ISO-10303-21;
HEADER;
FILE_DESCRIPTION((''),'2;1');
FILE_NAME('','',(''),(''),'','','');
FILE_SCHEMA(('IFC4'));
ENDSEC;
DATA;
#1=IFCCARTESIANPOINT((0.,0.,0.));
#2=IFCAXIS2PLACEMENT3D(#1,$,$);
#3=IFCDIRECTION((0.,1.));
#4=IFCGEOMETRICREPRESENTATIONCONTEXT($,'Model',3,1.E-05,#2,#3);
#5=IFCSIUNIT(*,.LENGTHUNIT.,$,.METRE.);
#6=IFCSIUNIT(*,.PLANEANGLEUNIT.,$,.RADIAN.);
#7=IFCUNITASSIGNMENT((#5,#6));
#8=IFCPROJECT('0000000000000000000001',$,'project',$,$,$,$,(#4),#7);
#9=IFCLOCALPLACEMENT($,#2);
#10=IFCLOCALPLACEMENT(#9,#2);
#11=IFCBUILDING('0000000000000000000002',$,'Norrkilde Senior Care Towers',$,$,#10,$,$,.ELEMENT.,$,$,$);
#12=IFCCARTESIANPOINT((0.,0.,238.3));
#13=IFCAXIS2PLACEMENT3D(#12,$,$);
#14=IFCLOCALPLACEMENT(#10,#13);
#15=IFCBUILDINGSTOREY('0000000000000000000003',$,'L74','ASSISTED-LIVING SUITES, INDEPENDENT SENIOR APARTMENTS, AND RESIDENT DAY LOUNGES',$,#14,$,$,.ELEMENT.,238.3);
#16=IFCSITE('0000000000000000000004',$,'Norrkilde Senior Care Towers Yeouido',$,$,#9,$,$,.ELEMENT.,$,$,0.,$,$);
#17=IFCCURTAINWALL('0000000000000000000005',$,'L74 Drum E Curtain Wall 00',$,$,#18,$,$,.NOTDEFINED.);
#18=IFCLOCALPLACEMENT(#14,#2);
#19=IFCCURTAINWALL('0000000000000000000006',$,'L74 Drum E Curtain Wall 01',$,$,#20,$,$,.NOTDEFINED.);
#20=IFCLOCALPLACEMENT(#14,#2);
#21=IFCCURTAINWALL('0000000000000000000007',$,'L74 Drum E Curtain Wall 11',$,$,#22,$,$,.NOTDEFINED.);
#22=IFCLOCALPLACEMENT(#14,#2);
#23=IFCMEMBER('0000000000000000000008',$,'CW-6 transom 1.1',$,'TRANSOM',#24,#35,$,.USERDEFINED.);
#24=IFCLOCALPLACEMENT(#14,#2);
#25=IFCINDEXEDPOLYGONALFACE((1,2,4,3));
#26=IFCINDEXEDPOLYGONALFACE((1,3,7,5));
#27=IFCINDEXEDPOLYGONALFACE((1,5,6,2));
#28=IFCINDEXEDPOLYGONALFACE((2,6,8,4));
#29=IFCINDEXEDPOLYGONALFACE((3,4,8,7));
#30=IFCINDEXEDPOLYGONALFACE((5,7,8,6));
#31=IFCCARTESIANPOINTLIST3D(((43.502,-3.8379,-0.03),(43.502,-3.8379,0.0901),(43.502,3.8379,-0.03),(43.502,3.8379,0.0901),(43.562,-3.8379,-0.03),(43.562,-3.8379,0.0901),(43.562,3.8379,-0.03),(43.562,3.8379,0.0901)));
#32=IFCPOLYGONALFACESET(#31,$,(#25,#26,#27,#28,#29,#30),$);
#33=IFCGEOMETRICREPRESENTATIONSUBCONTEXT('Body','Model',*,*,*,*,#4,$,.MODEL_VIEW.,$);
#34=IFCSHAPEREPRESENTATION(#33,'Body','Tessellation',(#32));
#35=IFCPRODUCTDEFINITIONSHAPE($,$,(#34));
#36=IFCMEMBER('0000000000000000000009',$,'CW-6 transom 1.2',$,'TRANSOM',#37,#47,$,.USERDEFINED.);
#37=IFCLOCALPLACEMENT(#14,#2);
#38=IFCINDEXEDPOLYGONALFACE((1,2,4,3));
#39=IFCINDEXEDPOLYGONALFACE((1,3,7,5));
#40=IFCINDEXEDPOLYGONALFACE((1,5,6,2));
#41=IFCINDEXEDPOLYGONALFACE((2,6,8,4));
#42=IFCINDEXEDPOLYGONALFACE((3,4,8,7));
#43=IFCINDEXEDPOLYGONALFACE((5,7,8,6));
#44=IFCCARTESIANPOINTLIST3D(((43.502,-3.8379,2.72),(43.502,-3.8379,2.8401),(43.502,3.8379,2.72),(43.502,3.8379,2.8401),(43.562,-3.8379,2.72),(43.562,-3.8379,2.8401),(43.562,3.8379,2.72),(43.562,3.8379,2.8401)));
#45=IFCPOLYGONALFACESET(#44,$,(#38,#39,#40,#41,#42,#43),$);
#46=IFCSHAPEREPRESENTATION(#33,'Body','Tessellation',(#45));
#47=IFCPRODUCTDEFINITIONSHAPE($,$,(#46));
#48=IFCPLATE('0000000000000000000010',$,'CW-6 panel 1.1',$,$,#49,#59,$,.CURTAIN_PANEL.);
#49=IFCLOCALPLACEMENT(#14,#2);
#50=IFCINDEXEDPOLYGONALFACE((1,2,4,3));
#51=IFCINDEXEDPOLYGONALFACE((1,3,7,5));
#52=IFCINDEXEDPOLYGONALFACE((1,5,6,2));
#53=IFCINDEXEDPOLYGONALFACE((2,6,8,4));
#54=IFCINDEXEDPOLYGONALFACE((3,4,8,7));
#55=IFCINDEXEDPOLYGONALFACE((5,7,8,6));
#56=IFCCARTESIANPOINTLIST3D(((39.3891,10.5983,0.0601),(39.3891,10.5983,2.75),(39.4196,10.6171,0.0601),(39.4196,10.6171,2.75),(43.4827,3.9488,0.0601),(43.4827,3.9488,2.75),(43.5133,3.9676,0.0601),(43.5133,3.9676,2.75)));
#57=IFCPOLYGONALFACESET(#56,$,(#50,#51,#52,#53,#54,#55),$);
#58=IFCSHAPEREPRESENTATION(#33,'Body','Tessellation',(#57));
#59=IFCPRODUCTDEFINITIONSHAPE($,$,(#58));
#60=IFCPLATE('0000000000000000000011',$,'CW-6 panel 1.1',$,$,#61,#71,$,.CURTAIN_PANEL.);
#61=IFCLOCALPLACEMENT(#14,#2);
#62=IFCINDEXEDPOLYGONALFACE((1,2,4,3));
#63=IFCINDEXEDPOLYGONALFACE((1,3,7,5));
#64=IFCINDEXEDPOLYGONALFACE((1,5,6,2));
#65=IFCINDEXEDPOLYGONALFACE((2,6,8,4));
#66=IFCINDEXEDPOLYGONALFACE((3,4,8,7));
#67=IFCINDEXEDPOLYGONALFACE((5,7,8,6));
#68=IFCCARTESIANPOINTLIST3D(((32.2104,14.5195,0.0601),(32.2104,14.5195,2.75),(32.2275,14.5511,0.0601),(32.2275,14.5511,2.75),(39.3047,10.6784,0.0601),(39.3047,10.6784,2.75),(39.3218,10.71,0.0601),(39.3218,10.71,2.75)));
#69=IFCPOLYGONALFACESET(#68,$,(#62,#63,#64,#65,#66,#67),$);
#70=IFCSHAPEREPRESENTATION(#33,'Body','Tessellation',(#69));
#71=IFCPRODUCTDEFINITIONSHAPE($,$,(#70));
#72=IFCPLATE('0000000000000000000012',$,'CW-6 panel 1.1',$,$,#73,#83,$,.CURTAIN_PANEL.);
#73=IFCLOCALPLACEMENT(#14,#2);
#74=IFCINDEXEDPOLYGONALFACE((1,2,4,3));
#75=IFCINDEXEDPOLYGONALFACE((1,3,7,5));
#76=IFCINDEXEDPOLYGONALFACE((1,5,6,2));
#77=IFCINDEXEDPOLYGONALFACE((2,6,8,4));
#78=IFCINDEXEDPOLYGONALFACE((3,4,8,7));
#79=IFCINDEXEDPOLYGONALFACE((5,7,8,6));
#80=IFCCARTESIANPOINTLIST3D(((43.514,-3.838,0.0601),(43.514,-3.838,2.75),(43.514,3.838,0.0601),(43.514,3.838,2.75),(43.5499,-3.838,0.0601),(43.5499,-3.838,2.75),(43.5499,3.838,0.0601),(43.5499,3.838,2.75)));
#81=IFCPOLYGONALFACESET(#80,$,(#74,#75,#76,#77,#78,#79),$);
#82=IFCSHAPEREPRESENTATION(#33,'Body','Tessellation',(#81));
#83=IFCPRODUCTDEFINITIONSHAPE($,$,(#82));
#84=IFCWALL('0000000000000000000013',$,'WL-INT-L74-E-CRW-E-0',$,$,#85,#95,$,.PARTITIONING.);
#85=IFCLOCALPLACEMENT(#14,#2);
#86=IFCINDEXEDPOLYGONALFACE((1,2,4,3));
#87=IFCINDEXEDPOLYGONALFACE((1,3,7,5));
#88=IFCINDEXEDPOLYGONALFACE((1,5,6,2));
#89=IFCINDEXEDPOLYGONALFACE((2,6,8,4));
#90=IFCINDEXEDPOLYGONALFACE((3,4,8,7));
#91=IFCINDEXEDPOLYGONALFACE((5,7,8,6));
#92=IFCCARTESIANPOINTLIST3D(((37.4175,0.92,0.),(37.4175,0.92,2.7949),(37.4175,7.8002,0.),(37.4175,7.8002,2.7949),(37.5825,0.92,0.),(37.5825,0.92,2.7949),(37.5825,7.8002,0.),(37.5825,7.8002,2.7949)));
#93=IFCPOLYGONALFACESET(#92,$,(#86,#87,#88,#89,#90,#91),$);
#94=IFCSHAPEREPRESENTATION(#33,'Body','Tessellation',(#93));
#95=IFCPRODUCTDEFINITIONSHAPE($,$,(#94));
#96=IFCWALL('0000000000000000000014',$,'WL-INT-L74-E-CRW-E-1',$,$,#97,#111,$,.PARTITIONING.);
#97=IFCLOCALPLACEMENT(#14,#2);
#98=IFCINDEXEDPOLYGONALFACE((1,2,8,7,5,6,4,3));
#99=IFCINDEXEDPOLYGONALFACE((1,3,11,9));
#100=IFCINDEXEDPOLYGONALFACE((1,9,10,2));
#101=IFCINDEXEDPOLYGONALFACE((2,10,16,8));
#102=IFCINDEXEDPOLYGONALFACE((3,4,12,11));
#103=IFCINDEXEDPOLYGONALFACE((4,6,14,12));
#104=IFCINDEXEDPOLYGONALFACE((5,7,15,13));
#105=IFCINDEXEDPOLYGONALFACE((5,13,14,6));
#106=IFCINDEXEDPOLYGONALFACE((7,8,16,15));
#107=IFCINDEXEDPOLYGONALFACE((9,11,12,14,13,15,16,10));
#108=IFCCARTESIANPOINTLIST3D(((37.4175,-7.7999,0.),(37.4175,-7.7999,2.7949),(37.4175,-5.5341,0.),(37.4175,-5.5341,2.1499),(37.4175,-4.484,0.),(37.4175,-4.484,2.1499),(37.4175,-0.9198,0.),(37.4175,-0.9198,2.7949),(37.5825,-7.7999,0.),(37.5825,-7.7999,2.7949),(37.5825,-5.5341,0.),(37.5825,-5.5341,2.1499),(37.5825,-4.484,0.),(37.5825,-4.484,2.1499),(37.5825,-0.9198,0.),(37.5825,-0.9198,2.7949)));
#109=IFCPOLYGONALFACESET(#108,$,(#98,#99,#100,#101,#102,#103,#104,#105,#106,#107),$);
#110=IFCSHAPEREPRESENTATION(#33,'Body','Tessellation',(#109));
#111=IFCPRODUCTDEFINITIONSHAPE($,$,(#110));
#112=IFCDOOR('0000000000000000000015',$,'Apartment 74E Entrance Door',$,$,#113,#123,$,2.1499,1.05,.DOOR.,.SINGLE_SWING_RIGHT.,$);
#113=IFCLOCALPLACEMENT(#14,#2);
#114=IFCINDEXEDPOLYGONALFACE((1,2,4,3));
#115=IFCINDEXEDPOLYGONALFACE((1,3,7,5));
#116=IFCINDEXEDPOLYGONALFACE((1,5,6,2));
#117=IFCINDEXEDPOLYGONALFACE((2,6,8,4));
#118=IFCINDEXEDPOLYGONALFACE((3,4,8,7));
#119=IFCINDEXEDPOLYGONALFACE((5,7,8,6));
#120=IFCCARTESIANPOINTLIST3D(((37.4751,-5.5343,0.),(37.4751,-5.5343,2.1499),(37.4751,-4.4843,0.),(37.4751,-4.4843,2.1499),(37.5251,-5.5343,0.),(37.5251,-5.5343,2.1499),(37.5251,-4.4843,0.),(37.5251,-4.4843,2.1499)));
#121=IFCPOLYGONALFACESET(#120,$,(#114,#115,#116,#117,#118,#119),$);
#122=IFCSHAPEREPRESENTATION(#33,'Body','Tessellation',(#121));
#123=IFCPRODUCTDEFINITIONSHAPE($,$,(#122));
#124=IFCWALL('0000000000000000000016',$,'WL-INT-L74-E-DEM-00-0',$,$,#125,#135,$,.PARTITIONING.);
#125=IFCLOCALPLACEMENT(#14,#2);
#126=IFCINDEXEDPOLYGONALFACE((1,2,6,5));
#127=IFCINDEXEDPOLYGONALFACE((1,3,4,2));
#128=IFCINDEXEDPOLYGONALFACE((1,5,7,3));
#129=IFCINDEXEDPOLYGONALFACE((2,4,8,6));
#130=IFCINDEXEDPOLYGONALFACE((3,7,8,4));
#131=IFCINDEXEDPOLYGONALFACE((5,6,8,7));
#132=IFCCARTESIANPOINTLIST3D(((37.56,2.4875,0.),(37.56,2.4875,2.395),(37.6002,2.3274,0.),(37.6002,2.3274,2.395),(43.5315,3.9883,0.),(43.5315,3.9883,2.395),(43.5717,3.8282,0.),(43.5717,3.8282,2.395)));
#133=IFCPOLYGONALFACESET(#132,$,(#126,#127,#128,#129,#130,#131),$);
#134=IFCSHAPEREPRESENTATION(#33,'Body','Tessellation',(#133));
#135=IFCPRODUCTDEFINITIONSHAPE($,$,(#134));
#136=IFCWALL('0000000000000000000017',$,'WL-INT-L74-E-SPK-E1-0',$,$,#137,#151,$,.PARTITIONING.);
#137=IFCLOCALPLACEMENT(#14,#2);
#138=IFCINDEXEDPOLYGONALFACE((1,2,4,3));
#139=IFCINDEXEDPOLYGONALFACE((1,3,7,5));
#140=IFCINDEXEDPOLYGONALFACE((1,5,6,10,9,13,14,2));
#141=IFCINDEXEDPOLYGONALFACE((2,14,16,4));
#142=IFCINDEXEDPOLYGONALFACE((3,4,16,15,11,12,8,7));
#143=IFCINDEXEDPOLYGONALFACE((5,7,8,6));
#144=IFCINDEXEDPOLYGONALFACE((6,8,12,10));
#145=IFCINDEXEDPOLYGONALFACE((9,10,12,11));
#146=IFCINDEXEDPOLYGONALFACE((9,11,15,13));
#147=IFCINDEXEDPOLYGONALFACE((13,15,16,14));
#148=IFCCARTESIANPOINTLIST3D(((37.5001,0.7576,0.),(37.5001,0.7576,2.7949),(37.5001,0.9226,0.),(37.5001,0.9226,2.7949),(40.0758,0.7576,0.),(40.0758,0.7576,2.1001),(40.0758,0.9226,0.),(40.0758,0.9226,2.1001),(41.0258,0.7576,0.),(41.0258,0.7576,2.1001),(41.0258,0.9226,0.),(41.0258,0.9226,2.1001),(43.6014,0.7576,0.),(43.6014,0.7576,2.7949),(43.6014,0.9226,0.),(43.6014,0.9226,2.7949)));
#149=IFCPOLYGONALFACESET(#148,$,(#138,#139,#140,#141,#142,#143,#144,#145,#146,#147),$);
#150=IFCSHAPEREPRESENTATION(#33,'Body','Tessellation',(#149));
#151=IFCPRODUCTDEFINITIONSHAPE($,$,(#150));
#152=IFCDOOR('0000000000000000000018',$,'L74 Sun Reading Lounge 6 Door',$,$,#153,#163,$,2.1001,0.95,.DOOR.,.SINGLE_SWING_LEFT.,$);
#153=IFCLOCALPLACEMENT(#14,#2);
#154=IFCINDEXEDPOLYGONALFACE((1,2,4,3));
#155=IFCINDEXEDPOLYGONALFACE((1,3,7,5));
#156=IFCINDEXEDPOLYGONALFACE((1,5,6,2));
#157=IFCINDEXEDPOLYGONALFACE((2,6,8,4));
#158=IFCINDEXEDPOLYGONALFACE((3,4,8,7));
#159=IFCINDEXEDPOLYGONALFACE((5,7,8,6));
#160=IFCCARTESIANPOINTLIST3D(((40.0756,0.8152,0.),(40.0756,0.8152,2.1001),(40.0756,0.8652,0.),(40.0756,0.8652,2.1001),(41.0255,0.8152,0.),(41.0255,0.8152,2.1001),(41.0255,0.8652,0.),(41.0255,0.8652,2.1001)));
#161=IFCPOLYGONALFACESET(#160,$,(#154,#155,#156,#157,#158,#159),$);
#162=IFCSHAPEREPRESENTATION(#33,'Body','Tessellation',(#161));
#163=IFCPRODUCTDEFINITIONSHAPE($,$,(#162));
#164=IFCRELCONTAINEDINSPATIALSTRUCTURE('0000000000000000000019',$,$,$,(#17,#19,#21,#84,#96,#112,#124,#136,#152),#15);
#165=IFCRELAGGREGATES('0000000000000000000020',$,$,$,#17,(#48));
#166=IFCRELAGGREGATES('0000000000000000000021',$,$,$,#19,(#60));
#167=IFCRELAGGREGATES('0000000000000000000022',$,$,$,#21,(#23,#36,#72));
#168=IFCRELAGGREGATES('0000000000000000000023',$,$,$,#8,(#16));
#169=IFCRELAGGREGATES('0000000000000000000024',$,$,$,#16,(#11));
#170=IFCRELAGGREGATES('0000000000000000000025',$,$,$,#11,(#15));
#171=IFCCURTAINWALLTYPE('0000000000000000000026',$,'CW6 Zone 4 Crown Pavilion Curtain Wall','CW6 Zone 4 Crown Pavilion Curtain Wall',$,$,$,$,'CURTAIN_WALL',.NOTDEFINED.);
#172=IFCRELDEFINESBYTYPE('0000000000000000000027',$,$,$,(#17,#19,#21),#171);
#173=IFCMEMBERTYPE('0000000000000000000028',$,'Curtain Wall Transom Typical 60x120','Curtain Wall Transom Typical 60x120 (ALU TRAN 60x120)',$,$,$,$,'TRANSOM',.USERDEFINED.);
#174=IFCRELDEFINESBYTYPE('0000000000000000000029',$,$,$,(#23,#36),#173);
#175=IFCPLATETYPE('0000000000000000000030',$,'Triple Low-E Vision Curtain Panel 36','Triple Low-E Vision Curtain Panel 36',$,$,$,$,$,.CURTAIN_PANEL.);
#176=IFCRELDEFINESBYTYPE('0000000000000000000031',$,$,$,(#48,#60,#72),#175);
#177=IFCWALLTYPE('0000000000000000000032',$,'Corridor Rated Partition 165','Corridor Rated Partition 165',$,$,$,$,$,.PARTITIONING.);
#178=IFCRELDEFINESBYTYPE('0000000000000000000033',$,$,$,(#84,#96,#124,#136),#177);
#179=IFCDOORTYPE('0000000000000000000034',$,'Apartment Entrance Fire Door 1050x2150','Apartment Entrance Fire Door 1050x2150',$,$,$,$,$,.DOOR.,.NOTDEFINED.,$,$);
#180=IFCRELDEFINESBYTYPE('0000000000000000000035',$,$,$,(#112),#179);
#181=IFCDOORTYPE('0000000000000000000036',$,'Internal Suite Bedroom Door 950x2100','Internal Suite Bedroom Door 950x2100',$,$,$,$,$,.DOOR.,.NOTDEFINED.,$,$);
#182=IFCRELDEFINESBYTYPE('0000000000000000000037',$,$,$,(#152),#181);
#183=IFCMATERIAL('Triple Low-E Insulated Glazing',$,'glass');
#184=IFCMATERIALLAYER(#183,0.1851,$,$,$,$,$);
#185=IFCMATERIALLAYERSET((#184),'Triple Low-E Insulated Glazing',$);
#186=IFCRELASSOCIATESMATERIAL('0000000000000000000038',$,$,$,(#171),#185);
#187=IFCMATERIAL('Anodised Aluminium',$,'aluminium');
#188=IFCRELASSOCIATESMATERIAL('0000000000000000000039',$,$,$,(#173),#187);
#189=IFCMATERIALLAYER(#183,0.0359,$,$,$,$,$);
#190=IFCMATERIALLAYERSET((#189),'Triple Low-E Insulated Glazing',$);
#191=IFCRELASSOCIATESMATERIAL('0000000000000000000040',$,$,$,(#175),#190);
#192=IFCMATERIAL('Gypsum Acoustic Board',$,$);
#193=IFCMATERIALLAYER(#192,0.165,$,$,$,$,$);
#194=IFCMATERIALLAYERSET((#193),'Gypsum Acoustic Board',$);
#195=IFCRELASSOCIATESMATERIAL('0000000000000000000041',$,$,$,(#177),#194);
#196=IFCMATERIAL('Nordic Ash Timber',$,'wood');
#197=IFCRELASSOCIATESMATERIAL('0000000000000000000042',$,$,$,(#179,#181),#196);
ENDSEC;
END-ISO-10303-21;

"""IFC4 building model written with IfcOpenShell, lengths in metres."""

from ifc_helpers import new_model, si_unit, direction, frame, frame_2d, origin, origin_2d, place, context, subcontext, project, spatial, rectangle, extrude, source, transform, mapped, material, layer, layer_set, material_profile, profile_set, type_object, type_shapes, element, fill, aggregate, save


model = new_model("IFC4")

# Units and contexts
model_context = context("Model", 3, precision=1e-05, world=origin(), true_north=direction((0.0, 1.0)))
body_context = subcontext(model_context, "Body", "Model", "MODEL_VIEW")
ifc_project = project(units=[si_unit("LENGTHUNIT", "METRE"), si_unit("PLANEANGLEUNIT", "RADIAN")], contexts=[model_context])

# Site, building, storey
site_placement = place(None, origin())
site = spatial("IfcSite", under=ifc_project, at=site_placement, Name="Norrkilde Senior Care Towers Yeouido", CompositionType="ELEMENT", RefElevation=0.0)
building_placement = place(site_placement, origin())
building = spatial("IfcBuilding", under=site, at=building_placement, Name="Norrkilde Senior Care Towers", CompositionType="ELEMENT")
storey_placement = place(building_placement, frame((0.0, 0.0, 238.3)))
storey = spatial("IfcBuildingStorey", under=building, at=storey_placement, Name="L74", Description="ASSISTED-LIVING SUITES, INDEPENDENT SENIOR APARTMENTS, AND RESIDENT DAY LOUNGES", CompositionType="ELEMENT", Elevation=238.3)

# Curtain wall
ifc_material_1 = material(Name="Triple Low-E Insulated Glazing", Category="glass")
ifc_layer_1 = layer(ifc_material_1, 0.1851)
ifc_layer_set_1 = layer_set([ifc_layer_1], Name="Triple Low-E Insulated Glazing")
curtain_wall_type = type_object("IfcCurtainWallType", Name="CW6 Zone 4 Crown Pavilion Curtain Wall", Description="CW6 Zone 4 Crown Pavilion Curtain Wall", ElementType="CURTAIN_WALL", PredefinedType="NOTDEFINED", material=ifc_layer_set_1)
curtain_wall_1_placement = place(storey_placement, origin())
curtain_wall_1 = element("IfcCurtainWall", 1, at=curtain_wall_1_placement, inside=storey, type_object=curtain_wall_type, Name="L74 Drum E Curtain Wall 00", PredefinedType="NOTDEFINED")
ifc_material_2 = material(Name="Anodised Aluminium", Category="aluminium")

# Curtain walls
curtain_wall_2_placement = place(storey_placement, origin())
curtain_wall_2 = element("IfcCurtainWall", 2, at=curtain_wall_2_placement, inside=storey, type_object=curtain_wall_type, Name="L74 Drum E Curtain Wall 01", PredefinedType="NOTDEFINED")
curtain_wall_3_placement = place(storey_placement, origin())
curtain_wall_3 = element("IfcCurtainWall", 3, at=curtain_wall_3_placement, inside=storey, type_object=curtain_wall_type, Name="L74 Drum E Curtain Wall 11", PredefinedType="NOTDEFINED")

# Members
ifc_material_profile_1 = material_profile(ifc_material_2, rectangle(XDim=0.0601, YDim=0.1201, at=origin_2d()), Name="ALU TRAN 60x120")
ifc_profile_set_1 = profile_set([ifc_material_profile_1], Name="Anodised Aluminium")
member_type_1 = type_object("IfcMemberType", Name="Curtain Wall Transom Typical 60x120", Description="Curtain Wall Transom Typical 60x120 (ALU TRAN 60x120)", ElementType="TRANSOM", PredefinedType="USERDEFINED", material=ifc_profile_set_1)
shared_shape_1 = source(origin(), body_context, "Body", "SweptSolid", [
    extrude(rectangle(XDim=0.0601, YDim=0.1201, at=origin_2d()), origin(), (0.0, 0.0, 1.0), 7.6758),
])
member_1_placement = place(storey_placement, frame((43.532, 3.8379, 0.03), z_axis=(0.0, -1.0, 0.0), x_axis=(1.0, 0.0, 0.0)))
member_1 = element("IfcMember", 4, at=member_1_placement, type_object=member_type_1, Name="CW-6 transom 1.1", ObjectType="TRANSOM", PredefinedType="USERDEFINED", context=body_context, shape_type="MappedRepresentation", body=[
    mapped(shared_shape_1, transform((0.0, 0.0, 0.0), x_axis=(1.0, 0.0, 0.0), y_axis=(0.0, 1.0, 0.0), z_axis=(0.0, 0.0, 1.0), scale=1.0)),
])
member_2_placement = place(storey_placement, frame((43.532, 3.8379, 2.78), z_axis=(0.0, -1.0, 0.0), x_axis=(1.0, 0.0, 0.0)))
member_2 = element("IfcMember", 5, at=member_2_placement, type_object=member_type_1, Name="CW-6 transom 1.2", ObjectType="TRANSOM", PredefinedType="USERDEFINED", context=body_context, shape_type="MappedRepresentation", body=[
    mapped(shared_shape_1, transform((0.0, 0.0, 0.0), x_axis=(1.0, 0.0, 0.0), y_axis=(0.0, 1.0, 0.0), z_axis=(0.0, 0.0, 1.0), scale=1.0)),
])

# Plates
ifc_layer_2 = layer(ifc_material_1, 0.0359)
ifc_layer_set_2 = layer_set([ifc_layer_2], Name="Triple Low-E Insulated Glazing")
plate_type = type_object("IfcPlateType", Name="Triple Low-E Vision Curtain Panel 36", Description="Triple Low-E Vision Curtain Panel 36", PredefinedType="CURTAIN_PANEL", material=ifc_layer_set_2)
shared_shape_2 = source(origin(), body_context, "Body", "SweptSolid", [
    extrude(rectangle(XDim=7.8086, YDim=0.0359, at=origin_2d()), origin(), (0.0, 0.0, 1.0), 2.6899),
])
plate_1_placement = place(storey_placement, frame((41.4512, 7.283, 0.0601), z_axis=(0.0, 0.0, 1.0), x_axis=(0.524253, -0.851563, 0.0)))
plate_1 = element("IfcPlate", 6, at=plate_1_placement, type_object=plate_type, Name="CW-6 panel 1.1", PredefinedType="CURTAIN_PANEL", context=body_context, shape_type="MappedRepresentation", body=[
    mapped(shared_shape_2, transform((0.0, 0.0, 0.0), x_axis=(1.0, 0.0, 0.0), y_axis=(0.0, 1.0, 0.0), z_axis=(0.0, 0.0, 1.0), scale=1.0)),
])
aggregate(curtain_wall_1, [plate_1])
shared_shape_3 = source(origin(), body_context, "Body", "SweptSolid", [
    extrude(rectangle(XDim=8.0674, YDim=0.0359, at=origin_2d()), origin(), (0.0, 0.0, 1.0), 2.6899),
])
plate_2_placement = place(storey_placement, frame((35.7661, 12.6147, 0.0601), z_axis=(0.0, 0.0, 1.0), x_axis=(0.879373, -0.476133, 0.0)))
plate_2 = element("IfcPlate", 7, at=plate_2_placement, type_object=plate_type, Name="CW-6 panel 1.1", PredefinedType="CURTAIN_PANEL", context=body_context, shape_type="MappedRepresentation", body=[
    mapped(shared_shape_3, transform((0.0, 0.0, 0.0), x_axis=(1.0, 0.0, 0.0), y_axis=(0.0, 1.0, 0.0), z_axis=(0.0, 0.0, 1.0), scale=1.0)),
])
aggregate(curtain_wall_2, [plate_2])
shared_shape_4 = source(origin(), body_context, "Body", "SweptSolid", [
    extrude(rectangle(XDim=7.676, YDim=0.0359, at=origin_2d()), origin(), (0.0, 0.0, 1.0), 2.6899),
])
type_shapes(plate_type, [shared_shape_2, shared_shape_3, shared_shape_4])
plate_3_placement = place(storey_placement, frame((43.532, 0.0, 0.0601), z_axis=(0.0, 0.0, 1.0), x_axis=(0.0, -1.0, 0.0)))
plate_3 = element("IfcPlate", 8, at=plate_3_placement, type_object=plate_type, Name="CW-6 panel 1.1", PredefinedType="CURTAIN_PANEL", context=body_context, shape_type="MappedRepresentation", body=[
    mapped(shared_shape_4, transform((0.0, 0.0, 0.0), x_axis=(1.0, 0.0, 0.0), y_axis=(0.0, 1.0, 0.0), z_axis=(0.0, 0.0, 1.0), scale=1.0)),
])
aggregate(curtain_wall_3, [member_1, member_2, plate_3])

# Wall
ifc_material_3 = material(Name="Gypsum Acoustic Board")
ifc_layer_3 = layer(ifc_material_3, 0.165)
ifc_layer_set_3 = layer_set([ifc_layer_3], Name="Gypsum Acoustic Board")
wall_type = type_object("IfcWallType", Name="Corridor Rated Partition 165", Description="Corridor Rated Partition 165", PredefinedType="PARTITIONING", material=ifc_layer_set_3)
shared_shape_5 = source(origin(), body_context, "Body", "SweptSolid", [
    extrude(rectangle(XDim=6.8801, YDim=0.165, at=frame_2d((3.4399, 0.0))), origin(), (0.0, 0.0, 1.0), 2.7949),
])
wall_1_placement = place(storey_placement, frame((37.5, 7.8, 0.0), z_axis=(0.0, 0.0, 1.0), x_axis=(0.0, -1.0, 0.0)))
element("IfcWall", 9, at=wall_1_placement, inside=storey, type_object=wall_type, Name="WL-INT-L74-E-CRW-E-0", PredefinedType="PARTITIONING", context=body_context, shape_type="MappedRepresentation", body=[
    mapped(shared_shape_5, transform((0.0, 0.0, 0.0), x_axis=(1.0, 0.0, 0.0), y_axis=(0.0, 1.0, 0.0), z_axis=(0.0, 0.0, 1.0), scale=1.0)),
])

# Wall, opening, door
wall_2_placement = place(storey_placement, frame((37.5, -0.9199, 0.0), z_axis=(0.0, 0.0, 1.0), x_axis=(0.0, -1.0, 0.0)))
wall_2 = element("IfcWall", 10, at=wall_2_placement, inside=storey, type_object=wall_type, Name="WL-INT-L74-E-CRW-E-1", PredefinedType="PARTITIONING", context=body_context, shape_type="MappedRepresentation", body=[
    mapped(shared_shape_5, transform((0.0, 0.0, 0.0), x_axis=(1.0, 0.0, 0.0), y_axis=(0.0, 1.0, 0.0), z_axis=(0.0, 0.0, 1.0), scale=1.0)),
])
opening_1_placement = place(wall_2_placement, frame((3.5642, 0.0, 0.0)))
opening_1 = element("IfcOpeningElement", 11, at=opening_1_placement, cuts=wall_2, PredefinedType="OPENING", context=body_context, shape_type="SweptSolid", body=[
    extrude(rectangle(XDim=1.05, YDim=2.1499, at=frame_2d((0.5249, 1.075))), frame((0.0, 0.0925, 0.0), z_axis=(0.0, -1.0, 0.0), x_axis=(1.0, 0.0, 0.0)), (0.0, 0.0, 1.0), 0.1851),
])
ifc_material_4 = material(Name="Nordic Ash Timber", Category="wood")
door_type_1 = type_object("IfcDoorType", Name="Apartment Entrance Fire Door 1050x2150", Description="Apartment Entrance Fire Door 1050x2150", OperationType="NOTDEFINED", PredefinedType="DOOR", material=ifc_material_4)
shared_shape_6 = source(origin(), body_context, "Body", "SweptSolid", [
    extrude(rectangle(XDim=1.05, YDim=2.1499, at=frame_2d((0.5249, 1.075))), frame((0.0, 0.0249, 0.0), z_axis=(0.0, -1.0, 0.0), x_axis=(1.0, 0.0, 0.0)), (0.0, 0.0, 1.0), 0.05),
])
type_shapes(door_type_1, [shared_shape_6])
door_1_placement = place(opening_1_placement, frame((1.05, 0.0, 0.0), z_axis=(0.0, 0.0, 1.0), x_axis=(-1.0, 0.0, 0.0)))
door_1 = element("IfcDoor", 12, at=door_1_placement, inside=storey, type_object=door_type_1, Name="Apartment 74E Entrance Door", OperationType="SINGLE_SWING_RIGHT", OverallHeight=2.1499, OverallWidth=1.05, PredefinedType="DOOR", context=body_context, shape_type="MappedRepresentation", body=[
    mapped(shared_shape_6, transform((0.0, 0.0, 0.0), x_axis=(1.0, 0.0, 0.0), y_axis=(0.0, 1.0, 0.0), z_axis=(0.0, 0.0, 1.0), scale=1.0)),
])
fill(opening_1, door_1)

# Wall
shared_shape_7 = source(origin(), body_context, "Body", "SweptSolid", [
    extrude(rectangle(XDim=6.1572, YDim=0.165, at=frame_2d((3.0786, 0.0))), origin(), (0.0, 0.0, 1.0), 2.395),
])
wall_3_placement = place(storey_placement, frame((37.5801, 2.4075, 0.0), z_axis=(0.0, 0.0, 1.0), x_axis=(0.969841, 0.243739, 0.0)))
element("IfcWall", 13, at=wall_3_placement, inside=storey, type_object=wall_type, Name="WL-INT-L74-E-DEM-00-0", PredefinedType="PARTITIONING", context=body_context, shape_type="MappedRepresentation", body=[
    mapped(shared_shape_7, transform((0.0, 0.0, 0.0), x_axis=(1.0, 0.0, 0.0), y_axis=(0.0, 1.0, 0.0), z_axis=(0.0, 0.0, 1.0), scale=1.0)),
])

# Wall, opening, door
shared_shape_8 = source(origin(), body_context, "Body", "SweptSolid", [
    extrude(rectangle(XDim=6.1013, YDim=0.165, at=frame_2d((3.0508, 0.0))), origin(), (0.0, 0.0, 1.0), 2.7949),
])
type_shapes(wall_type, [shared_shape_5, shared_shape_7, shared_shape_8])
wall_4_placement = place(storey_placement, frame((37.5, 0.8401, 0.0), z_axis=(0.0, 0.0, 1.0), x_axis=(1.0, 0.0, 0.0)))
wall_4 = element("IfcWall", 14, at=wall_4_placement, inside=storey, type_object=wall_type, Name="WL-INT-L74-E-SPK-E1-0", PredefinedType="PARTITIONING", context=body_context, shape_type="MappedRepresentation", body=[
    mapped(shared_shape_8, transform((0.0, 0.0, 0.0), x_axis=(1.0, 0.0, 0.0), y_axis=(0.0, 1.0, 0.0), z_axis=(0.0, 0.0, 1.0), scale=1.0)),
])
opening_2_placement = place(wall_4_placement, frame((2.5757, 0.0, 0.0)))
opening_2 = element("IfcOpeningElement", 15, at=opening_2_placement, cuts=wall_4, PredefinedType="OPENING", context=body_context, shape_type="SweptSolid", body=[
    extrude(rectangle(XDim=0.95, YDim=2.1001, at=frame_2d((0.4751, 1.05))), frame((0.0, 0.0925, 0.0), z_axis=(0.0, -1.0, 0.0), x_axis=(1.0, 0.0, 0.0)), (0.0, 0.0, 1.0), 0.1851),
])
door_type_2 = type_object("IfcDoorType", Name="Internal Suite Bedroom Door 950x2100", Description="Internal Suite Bedroom Door 950x2100", OperationType="NOTDEFINED", PredefinedType="DOOR", material=ifc_material_4)
shared_shape_9 = source(origin(), body_context, "Body", "SweptSolid", [
    extrude(rectangle(XDim=0.95, YDim=2.1001, at=frame_2d((0.4751, 1.05))), frame((0.0, 0.0249, 0.0), z_axis=(0.0, -1.0, 0.0), x_axis=(1.0, 0.0, 0.0)), (0.0, 0.0, 1.0), 0.05),
])
type_shapes(door_type_2, [shared_shape_9])
door_2_placement = place(opening_2_placement, frame((0.95, 0.0, 0.0), z_axis=(0.0, 0.0, 1.0), x_axis=(-1.0, 0.0, 0.0)))
door_2 = element("IfcDoor", 16, at=door_2_placement, inside=storey, type_object=door_type_2, Name="L74 Sun Reading Lounge 6 Door", OperationType="SINGLE_SWING_LEFT", OverallHeight=2.1001, OverallWidth=0.95, PredefinedType="DOOR", context=body_context, shape_type="MappedRepresentation", body=[
    mapped(shared_shape_9, transform((0.0, 0.0, 0.0), x_axis=(1.0, 0.0, 0.0), y_axis=(0.0, 1.0, 0.0), z_axis=(0.0, 0.0, 1.0), scale=1.0)),
])
fill(opening_2, door_2)

save(model, "model.ifc")
